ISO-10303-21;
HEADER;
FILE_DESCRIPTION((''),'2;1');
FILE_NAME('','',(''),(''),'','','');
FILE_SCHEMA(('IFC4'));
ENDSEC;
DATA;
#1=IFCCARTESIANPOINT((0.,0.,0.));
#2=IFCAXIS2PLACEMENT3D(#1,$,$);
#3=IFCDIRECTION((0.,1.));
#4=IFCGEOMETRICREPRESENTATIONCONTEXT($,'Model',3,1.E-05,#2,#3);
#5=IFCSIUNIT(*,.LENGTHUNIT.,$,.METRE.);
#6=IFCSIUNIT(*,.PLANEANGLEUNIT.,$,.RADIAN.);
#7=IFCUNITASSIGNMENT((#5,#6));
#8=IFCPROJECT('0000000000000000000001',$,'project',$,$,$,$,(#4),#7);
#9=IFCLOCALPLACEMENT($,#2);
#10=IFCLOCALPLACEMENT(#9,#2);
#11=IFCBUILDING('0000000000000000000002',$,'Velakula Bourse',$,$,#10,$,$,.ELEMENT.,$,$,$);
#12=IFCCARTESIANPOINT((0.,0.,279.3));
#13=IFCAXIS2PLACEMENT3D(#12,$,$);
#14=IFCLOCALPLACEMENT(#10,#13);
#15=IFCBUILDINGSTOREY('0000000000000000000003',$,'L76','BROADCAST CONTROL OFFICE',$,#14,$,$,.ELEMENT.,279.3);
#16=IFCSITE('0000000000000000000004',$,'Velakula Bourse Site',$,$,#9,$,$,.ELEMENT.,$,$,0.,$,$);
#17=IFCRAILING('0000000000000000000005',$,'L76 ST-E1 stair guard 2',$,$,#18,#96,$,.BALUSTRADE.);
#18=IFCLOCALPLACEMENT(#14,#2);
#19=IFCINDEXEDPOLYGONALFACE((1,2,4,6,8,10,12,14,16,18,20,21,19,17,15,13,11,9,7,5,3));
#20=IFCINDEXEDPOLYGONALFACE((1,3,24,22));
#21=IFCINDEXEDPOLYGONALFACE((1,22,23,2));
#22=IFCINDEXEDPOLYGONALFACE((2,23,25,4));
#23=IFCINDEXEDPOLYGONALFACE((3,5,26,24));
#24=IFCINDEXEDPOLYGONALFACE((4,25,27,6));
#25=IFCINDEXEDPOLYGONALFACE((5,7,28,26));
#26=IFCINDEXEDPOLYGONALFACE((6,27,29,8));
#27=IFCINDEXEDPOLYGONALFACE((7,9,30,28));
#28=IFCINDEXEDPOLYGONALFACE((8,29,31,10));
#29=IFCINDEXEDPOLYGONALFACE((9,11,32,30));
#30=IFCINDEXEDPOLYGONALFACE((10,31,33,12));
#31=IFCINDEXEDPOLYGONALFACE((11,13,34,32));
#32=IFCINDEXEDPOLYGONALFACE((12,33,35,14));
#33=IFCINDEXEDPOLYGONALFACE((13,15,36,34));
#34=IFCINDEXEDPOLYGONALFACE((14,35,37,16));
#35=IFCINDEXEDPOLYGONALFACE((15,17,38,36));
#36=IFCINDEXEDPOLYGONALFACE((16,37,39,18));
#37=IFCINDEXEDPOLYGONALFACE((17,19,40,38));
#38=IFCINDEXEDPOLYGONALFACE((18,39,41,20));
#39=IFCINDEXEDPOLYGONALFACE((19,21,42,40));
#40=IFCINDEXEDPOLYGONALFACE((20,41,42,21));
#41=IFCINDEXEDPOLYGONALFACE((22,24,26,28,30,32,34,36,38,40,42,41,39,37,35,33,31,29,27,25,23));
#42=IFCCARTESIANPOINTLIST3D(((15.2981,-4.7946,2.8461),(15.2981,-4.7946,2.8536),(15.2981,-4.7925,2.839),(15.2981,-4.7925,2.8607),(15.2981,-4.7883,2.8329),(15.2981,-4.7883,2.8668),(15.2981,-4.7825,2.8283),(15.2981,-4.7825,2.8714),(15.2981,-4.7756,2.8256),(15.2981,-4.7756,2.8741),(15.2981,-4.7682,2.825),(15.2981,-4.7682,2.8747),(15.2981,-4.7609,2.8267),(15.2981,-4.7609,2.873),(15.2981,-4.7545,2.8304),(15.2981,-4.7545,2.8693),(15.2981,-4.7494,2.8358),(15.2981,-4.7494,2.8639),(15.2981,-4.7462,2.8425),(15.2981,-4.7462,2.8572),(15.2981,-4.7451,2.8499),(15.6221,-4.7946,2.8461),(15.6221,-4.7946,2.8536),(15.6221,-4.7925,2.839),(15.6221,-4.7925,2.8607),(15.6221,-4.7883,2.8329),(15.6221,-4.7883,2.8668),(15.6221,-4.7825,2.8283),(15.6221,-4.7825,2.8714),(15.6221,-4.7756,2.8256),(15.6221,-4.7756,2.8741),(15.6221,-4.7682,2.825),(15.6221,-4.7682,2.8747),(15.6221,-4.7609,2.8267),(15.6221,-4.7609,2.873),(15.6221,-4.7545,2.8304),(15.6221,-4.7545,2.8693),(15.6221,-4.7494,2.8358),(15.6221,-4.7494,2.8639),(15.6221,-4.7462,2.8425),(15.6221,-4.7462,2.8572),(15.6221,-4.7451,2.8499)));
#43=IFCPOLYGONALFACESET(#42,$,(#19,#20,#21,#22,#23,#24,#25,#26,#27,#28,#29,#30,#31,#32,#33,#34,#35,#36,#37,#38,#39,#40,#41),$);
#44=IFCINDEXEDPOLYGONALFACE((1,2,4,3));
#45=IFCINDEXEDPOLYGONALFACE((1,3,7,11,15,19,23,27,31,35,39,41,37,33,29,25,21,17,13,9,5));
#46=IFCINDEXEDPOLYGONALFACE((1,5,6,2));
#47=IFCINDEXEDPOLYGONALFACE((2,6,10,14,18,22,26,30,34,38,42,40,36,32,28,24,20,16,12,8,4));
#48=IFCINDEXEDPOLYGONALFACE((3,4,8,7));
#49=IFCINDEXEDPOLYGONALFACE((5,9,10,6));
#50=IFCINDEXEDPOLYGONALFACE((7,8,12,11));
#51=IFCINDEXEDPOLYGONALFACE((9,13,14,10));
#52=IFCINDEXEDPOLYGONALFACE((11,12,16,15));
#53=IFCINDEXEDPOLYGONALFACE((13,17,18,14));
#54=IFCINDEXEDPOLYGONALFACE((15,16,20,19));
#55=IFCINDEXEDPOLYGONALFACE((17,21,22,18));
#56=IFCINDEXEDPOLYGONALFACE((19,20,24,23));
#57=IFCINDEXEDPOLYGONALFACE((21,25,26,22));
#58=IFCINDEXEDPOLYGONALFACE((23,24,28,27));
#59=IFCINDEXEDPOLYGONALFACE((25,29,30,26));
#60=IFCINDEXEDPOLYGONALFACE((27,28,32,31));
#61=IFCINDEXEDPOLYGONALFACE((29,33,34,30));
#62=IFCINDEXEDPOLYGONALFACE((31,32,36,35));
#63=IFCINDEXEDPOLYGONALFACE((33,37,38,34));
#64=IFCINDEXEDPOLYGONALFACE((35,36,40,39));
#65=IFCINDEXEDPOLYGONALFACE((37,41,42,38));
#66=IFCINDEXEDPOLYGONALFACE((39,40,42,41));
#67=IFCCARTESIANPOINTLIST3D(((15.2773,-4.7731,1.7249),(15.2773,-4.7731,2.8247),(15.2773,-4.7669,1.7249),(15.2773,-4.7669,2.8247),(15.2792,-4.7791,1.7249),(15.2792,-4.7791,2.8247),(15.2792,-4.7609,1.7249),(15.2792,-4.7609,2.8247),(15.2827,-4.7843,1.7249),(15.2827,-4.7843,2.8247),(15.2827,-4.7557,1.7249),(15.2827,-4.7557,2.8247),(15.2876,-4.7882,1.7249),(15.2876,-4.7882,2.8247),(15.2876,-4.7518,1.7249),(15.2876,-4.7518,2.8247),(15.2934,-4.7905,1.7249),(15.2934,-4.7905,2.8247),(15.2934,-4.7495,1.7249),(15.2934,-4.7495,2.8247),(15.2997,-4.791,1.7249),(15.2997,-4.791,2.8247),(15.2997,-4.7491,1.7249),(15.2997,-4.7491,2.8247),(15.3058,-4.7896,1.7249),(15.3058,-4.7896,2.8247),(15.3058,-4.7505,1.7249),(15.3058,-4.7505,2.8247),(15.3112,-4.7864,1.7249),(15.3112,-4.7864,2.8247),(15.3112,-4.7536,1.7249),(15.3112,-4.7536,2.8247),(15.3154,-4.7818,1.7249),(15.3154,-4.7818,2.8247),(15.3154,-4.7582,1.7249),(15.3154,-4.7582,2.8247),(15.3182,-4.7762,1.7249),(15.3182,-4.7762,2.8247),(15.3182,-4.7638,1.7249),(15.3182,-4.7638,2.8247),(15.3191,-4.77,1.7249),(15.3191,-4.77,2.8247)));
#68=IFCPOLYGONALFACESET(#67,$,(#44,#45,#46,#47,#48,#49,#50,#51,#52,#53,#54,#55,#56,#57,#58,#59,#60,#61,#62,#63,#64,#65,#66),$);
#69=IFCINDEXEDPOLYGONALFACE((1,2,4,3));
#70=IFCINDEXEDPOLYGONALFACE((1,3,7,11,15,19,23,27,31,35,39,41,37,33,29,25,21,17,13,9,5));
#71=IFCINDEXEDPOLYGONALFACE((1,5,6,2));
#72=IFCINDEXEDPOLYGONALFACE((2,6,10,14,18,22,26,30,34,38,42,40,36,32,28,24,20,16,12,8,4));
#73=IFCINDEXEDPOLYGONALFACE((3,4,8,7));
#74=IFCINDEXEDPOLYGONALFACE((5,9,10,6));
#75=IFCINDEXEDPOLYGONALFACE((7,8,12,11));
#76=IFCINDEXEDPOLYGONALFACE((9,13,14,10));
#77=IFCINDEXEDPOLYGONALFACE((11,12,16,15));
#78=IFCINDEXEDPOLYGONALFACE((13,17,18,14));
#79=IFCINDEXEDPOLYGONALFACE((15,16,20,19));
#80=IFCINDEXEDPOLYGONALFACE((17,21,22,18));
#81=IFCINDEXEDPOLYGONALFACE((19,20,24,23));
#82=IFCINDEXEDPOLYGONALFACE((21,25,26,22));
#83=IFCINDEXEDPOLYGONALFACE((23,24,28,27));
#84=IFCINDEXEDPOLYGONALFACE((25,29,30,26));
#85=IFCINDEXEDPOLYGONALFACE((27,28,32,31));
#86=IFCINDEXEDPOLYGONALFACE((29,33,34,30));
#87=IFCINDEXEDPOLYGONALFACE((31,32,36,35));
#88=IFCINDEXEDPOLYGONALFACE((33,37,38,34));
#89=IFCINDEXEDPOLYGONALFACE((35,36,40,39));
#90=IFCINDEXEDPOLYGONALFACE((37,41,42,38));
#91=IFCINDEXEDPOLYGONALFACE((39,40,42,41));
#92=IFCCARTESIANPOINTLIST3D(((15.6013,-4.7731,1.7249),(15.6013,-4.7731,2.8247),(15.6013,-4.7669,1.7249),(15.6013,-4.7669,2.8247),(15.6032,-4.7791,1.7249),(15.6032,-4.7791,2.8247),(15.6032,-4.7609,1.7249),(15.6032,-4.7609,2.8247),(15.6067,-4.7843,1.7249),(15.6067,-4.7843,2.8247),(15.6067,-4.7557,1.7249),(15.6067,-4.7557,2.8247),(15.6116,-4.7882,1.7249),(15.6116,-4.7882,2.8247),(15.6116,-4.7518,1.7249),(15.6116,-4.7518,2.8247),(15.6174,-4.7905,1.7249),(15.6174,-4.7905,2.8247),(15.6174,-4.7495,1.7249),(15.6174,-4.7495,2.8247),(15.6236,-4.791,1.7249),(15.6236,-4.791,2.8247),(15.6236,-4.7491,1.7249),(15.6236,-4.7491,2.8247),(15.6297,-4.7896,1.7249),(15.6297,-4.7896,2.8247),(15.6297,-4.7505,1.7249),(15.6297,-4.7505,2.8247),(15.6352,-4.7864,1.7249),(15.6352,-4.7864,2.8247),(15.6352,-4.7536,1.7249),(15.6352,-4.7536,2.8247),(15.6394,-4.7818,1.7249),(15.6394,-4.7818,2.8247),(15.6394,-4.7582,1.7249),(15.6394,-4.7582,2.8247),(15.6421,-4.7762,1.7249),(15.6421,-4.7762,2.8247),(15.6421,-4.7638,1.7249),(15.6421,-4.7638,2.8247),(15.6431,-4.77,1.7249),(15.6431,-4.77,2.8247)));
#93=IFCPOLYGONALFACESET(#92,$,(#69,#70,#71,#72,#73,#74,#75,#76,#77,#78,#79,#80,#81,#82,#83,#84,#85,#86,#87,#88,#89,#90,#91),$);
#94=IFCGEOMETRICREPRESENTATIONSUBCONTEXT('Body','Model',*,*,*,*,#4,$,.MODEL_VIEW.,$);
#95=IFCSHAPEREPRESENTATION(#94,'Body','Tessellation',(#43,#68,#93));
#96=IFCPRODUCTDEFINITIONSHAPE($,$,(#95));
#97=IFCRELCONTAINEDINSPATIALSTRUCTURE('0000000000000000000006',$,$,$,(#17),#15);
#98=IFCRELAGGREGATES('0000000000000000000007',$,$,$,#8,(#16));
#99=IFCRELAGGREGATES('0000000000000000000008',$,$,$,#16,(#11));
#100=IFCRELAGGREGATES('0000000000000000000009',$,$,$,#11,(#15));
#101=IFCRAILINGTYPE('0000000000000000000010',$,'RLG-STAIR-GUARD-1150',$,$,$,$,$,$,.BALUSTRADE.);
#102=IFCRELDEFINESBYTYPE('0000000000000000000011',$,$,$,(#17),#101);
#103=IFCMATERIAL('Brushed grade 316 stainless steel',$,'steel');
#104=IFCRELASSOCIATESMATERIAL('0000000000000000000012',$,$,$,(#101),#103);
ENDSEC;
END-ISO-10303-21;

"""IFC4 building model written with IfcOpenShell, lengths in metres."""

from ifc_helpers import new_model, si_unit, direction, frame, origin, origin_2d, place, context, subcontext, project, spatial, circle, extrude, material, type_object, element, save


model = new_model("IFC4")

# Units and contexts
model_context = context("Model", 3, precision=1e-05, world=origin(), true_north=direction((0.0, 1.0)))
body_context = subcontext(model_context, "Body", "Model", "MODEL_VIEW")
ifc_project = project(units=[si_unit("LENGTHUNIT", "METRE"), si_unit("PLANEANGLEUNIT", "RADIAN")], contexts=[model_context])

# Site, building, storey
site_placement = place(None, origin())
site = spatial("IfcSite", under=ifc_project, at=site_placement, Name="Velakula Bourse Site", CompositionType="ELEMENT", RefElevation=0.0)
building_placement = place(site_placement, origin())
building = spatial("IfcBuilding", under=site, at=building_placement, Name="Velakula Bourse", CompositionType="ELEMENT")
storey_placement = place(building_placement, frame((0.0, 0.0, 279.3)))
storey = spatial("IfcBuildingStorey", under=building, at=storey_placement, Name="L76", Description="BROADCAST CONTROL OFFICE", CompositionType="ELEMENT", Elevation=279.3)

# Shared definitions
ifc_material_1 = material(Name="Brushed grade 316 stainless steel", Category="steel")

# Railing
railing_type_1 = type_object("IfcRailingType", Name="RLG-STAIR-GUARD-1150", PredefinedType="BALUSTRADE", material=ifc_material_1)
railing_1_placement = place(storey_placement, frame((15.2981, -4.77, 1.7249)))
element("IfcRailing", 1, at=railing_1_placement, inside=storey, type_object=railing_type_1, Name="L76 ST-E1 stair guard 2", PredefinedType="BALUSTRADE", context=body_context, shape_type="SweptSolid", body=[
    extrude(circle(Radius=0.0249, at=origin_2d()), frame((0.0, 0.0, 1.125), z_axis=(1.0, 0.0, 0.0), x_axis=(0.0, 1.0, 0.0)), (0.0, 0.0, 1.0), 0.324),
    extrude(circle(Radius=0.021, at=origin_2d()), origin(), (0.0, 0.0, 1.0), 1.0999),
    extrude(circle(Radius=0.021, at=origin_2d()), frame((0.324, 0.0, 0.0)), (0.0, 0.0, 1.0), 1.0999),
])

save(model, "model.ifc")
